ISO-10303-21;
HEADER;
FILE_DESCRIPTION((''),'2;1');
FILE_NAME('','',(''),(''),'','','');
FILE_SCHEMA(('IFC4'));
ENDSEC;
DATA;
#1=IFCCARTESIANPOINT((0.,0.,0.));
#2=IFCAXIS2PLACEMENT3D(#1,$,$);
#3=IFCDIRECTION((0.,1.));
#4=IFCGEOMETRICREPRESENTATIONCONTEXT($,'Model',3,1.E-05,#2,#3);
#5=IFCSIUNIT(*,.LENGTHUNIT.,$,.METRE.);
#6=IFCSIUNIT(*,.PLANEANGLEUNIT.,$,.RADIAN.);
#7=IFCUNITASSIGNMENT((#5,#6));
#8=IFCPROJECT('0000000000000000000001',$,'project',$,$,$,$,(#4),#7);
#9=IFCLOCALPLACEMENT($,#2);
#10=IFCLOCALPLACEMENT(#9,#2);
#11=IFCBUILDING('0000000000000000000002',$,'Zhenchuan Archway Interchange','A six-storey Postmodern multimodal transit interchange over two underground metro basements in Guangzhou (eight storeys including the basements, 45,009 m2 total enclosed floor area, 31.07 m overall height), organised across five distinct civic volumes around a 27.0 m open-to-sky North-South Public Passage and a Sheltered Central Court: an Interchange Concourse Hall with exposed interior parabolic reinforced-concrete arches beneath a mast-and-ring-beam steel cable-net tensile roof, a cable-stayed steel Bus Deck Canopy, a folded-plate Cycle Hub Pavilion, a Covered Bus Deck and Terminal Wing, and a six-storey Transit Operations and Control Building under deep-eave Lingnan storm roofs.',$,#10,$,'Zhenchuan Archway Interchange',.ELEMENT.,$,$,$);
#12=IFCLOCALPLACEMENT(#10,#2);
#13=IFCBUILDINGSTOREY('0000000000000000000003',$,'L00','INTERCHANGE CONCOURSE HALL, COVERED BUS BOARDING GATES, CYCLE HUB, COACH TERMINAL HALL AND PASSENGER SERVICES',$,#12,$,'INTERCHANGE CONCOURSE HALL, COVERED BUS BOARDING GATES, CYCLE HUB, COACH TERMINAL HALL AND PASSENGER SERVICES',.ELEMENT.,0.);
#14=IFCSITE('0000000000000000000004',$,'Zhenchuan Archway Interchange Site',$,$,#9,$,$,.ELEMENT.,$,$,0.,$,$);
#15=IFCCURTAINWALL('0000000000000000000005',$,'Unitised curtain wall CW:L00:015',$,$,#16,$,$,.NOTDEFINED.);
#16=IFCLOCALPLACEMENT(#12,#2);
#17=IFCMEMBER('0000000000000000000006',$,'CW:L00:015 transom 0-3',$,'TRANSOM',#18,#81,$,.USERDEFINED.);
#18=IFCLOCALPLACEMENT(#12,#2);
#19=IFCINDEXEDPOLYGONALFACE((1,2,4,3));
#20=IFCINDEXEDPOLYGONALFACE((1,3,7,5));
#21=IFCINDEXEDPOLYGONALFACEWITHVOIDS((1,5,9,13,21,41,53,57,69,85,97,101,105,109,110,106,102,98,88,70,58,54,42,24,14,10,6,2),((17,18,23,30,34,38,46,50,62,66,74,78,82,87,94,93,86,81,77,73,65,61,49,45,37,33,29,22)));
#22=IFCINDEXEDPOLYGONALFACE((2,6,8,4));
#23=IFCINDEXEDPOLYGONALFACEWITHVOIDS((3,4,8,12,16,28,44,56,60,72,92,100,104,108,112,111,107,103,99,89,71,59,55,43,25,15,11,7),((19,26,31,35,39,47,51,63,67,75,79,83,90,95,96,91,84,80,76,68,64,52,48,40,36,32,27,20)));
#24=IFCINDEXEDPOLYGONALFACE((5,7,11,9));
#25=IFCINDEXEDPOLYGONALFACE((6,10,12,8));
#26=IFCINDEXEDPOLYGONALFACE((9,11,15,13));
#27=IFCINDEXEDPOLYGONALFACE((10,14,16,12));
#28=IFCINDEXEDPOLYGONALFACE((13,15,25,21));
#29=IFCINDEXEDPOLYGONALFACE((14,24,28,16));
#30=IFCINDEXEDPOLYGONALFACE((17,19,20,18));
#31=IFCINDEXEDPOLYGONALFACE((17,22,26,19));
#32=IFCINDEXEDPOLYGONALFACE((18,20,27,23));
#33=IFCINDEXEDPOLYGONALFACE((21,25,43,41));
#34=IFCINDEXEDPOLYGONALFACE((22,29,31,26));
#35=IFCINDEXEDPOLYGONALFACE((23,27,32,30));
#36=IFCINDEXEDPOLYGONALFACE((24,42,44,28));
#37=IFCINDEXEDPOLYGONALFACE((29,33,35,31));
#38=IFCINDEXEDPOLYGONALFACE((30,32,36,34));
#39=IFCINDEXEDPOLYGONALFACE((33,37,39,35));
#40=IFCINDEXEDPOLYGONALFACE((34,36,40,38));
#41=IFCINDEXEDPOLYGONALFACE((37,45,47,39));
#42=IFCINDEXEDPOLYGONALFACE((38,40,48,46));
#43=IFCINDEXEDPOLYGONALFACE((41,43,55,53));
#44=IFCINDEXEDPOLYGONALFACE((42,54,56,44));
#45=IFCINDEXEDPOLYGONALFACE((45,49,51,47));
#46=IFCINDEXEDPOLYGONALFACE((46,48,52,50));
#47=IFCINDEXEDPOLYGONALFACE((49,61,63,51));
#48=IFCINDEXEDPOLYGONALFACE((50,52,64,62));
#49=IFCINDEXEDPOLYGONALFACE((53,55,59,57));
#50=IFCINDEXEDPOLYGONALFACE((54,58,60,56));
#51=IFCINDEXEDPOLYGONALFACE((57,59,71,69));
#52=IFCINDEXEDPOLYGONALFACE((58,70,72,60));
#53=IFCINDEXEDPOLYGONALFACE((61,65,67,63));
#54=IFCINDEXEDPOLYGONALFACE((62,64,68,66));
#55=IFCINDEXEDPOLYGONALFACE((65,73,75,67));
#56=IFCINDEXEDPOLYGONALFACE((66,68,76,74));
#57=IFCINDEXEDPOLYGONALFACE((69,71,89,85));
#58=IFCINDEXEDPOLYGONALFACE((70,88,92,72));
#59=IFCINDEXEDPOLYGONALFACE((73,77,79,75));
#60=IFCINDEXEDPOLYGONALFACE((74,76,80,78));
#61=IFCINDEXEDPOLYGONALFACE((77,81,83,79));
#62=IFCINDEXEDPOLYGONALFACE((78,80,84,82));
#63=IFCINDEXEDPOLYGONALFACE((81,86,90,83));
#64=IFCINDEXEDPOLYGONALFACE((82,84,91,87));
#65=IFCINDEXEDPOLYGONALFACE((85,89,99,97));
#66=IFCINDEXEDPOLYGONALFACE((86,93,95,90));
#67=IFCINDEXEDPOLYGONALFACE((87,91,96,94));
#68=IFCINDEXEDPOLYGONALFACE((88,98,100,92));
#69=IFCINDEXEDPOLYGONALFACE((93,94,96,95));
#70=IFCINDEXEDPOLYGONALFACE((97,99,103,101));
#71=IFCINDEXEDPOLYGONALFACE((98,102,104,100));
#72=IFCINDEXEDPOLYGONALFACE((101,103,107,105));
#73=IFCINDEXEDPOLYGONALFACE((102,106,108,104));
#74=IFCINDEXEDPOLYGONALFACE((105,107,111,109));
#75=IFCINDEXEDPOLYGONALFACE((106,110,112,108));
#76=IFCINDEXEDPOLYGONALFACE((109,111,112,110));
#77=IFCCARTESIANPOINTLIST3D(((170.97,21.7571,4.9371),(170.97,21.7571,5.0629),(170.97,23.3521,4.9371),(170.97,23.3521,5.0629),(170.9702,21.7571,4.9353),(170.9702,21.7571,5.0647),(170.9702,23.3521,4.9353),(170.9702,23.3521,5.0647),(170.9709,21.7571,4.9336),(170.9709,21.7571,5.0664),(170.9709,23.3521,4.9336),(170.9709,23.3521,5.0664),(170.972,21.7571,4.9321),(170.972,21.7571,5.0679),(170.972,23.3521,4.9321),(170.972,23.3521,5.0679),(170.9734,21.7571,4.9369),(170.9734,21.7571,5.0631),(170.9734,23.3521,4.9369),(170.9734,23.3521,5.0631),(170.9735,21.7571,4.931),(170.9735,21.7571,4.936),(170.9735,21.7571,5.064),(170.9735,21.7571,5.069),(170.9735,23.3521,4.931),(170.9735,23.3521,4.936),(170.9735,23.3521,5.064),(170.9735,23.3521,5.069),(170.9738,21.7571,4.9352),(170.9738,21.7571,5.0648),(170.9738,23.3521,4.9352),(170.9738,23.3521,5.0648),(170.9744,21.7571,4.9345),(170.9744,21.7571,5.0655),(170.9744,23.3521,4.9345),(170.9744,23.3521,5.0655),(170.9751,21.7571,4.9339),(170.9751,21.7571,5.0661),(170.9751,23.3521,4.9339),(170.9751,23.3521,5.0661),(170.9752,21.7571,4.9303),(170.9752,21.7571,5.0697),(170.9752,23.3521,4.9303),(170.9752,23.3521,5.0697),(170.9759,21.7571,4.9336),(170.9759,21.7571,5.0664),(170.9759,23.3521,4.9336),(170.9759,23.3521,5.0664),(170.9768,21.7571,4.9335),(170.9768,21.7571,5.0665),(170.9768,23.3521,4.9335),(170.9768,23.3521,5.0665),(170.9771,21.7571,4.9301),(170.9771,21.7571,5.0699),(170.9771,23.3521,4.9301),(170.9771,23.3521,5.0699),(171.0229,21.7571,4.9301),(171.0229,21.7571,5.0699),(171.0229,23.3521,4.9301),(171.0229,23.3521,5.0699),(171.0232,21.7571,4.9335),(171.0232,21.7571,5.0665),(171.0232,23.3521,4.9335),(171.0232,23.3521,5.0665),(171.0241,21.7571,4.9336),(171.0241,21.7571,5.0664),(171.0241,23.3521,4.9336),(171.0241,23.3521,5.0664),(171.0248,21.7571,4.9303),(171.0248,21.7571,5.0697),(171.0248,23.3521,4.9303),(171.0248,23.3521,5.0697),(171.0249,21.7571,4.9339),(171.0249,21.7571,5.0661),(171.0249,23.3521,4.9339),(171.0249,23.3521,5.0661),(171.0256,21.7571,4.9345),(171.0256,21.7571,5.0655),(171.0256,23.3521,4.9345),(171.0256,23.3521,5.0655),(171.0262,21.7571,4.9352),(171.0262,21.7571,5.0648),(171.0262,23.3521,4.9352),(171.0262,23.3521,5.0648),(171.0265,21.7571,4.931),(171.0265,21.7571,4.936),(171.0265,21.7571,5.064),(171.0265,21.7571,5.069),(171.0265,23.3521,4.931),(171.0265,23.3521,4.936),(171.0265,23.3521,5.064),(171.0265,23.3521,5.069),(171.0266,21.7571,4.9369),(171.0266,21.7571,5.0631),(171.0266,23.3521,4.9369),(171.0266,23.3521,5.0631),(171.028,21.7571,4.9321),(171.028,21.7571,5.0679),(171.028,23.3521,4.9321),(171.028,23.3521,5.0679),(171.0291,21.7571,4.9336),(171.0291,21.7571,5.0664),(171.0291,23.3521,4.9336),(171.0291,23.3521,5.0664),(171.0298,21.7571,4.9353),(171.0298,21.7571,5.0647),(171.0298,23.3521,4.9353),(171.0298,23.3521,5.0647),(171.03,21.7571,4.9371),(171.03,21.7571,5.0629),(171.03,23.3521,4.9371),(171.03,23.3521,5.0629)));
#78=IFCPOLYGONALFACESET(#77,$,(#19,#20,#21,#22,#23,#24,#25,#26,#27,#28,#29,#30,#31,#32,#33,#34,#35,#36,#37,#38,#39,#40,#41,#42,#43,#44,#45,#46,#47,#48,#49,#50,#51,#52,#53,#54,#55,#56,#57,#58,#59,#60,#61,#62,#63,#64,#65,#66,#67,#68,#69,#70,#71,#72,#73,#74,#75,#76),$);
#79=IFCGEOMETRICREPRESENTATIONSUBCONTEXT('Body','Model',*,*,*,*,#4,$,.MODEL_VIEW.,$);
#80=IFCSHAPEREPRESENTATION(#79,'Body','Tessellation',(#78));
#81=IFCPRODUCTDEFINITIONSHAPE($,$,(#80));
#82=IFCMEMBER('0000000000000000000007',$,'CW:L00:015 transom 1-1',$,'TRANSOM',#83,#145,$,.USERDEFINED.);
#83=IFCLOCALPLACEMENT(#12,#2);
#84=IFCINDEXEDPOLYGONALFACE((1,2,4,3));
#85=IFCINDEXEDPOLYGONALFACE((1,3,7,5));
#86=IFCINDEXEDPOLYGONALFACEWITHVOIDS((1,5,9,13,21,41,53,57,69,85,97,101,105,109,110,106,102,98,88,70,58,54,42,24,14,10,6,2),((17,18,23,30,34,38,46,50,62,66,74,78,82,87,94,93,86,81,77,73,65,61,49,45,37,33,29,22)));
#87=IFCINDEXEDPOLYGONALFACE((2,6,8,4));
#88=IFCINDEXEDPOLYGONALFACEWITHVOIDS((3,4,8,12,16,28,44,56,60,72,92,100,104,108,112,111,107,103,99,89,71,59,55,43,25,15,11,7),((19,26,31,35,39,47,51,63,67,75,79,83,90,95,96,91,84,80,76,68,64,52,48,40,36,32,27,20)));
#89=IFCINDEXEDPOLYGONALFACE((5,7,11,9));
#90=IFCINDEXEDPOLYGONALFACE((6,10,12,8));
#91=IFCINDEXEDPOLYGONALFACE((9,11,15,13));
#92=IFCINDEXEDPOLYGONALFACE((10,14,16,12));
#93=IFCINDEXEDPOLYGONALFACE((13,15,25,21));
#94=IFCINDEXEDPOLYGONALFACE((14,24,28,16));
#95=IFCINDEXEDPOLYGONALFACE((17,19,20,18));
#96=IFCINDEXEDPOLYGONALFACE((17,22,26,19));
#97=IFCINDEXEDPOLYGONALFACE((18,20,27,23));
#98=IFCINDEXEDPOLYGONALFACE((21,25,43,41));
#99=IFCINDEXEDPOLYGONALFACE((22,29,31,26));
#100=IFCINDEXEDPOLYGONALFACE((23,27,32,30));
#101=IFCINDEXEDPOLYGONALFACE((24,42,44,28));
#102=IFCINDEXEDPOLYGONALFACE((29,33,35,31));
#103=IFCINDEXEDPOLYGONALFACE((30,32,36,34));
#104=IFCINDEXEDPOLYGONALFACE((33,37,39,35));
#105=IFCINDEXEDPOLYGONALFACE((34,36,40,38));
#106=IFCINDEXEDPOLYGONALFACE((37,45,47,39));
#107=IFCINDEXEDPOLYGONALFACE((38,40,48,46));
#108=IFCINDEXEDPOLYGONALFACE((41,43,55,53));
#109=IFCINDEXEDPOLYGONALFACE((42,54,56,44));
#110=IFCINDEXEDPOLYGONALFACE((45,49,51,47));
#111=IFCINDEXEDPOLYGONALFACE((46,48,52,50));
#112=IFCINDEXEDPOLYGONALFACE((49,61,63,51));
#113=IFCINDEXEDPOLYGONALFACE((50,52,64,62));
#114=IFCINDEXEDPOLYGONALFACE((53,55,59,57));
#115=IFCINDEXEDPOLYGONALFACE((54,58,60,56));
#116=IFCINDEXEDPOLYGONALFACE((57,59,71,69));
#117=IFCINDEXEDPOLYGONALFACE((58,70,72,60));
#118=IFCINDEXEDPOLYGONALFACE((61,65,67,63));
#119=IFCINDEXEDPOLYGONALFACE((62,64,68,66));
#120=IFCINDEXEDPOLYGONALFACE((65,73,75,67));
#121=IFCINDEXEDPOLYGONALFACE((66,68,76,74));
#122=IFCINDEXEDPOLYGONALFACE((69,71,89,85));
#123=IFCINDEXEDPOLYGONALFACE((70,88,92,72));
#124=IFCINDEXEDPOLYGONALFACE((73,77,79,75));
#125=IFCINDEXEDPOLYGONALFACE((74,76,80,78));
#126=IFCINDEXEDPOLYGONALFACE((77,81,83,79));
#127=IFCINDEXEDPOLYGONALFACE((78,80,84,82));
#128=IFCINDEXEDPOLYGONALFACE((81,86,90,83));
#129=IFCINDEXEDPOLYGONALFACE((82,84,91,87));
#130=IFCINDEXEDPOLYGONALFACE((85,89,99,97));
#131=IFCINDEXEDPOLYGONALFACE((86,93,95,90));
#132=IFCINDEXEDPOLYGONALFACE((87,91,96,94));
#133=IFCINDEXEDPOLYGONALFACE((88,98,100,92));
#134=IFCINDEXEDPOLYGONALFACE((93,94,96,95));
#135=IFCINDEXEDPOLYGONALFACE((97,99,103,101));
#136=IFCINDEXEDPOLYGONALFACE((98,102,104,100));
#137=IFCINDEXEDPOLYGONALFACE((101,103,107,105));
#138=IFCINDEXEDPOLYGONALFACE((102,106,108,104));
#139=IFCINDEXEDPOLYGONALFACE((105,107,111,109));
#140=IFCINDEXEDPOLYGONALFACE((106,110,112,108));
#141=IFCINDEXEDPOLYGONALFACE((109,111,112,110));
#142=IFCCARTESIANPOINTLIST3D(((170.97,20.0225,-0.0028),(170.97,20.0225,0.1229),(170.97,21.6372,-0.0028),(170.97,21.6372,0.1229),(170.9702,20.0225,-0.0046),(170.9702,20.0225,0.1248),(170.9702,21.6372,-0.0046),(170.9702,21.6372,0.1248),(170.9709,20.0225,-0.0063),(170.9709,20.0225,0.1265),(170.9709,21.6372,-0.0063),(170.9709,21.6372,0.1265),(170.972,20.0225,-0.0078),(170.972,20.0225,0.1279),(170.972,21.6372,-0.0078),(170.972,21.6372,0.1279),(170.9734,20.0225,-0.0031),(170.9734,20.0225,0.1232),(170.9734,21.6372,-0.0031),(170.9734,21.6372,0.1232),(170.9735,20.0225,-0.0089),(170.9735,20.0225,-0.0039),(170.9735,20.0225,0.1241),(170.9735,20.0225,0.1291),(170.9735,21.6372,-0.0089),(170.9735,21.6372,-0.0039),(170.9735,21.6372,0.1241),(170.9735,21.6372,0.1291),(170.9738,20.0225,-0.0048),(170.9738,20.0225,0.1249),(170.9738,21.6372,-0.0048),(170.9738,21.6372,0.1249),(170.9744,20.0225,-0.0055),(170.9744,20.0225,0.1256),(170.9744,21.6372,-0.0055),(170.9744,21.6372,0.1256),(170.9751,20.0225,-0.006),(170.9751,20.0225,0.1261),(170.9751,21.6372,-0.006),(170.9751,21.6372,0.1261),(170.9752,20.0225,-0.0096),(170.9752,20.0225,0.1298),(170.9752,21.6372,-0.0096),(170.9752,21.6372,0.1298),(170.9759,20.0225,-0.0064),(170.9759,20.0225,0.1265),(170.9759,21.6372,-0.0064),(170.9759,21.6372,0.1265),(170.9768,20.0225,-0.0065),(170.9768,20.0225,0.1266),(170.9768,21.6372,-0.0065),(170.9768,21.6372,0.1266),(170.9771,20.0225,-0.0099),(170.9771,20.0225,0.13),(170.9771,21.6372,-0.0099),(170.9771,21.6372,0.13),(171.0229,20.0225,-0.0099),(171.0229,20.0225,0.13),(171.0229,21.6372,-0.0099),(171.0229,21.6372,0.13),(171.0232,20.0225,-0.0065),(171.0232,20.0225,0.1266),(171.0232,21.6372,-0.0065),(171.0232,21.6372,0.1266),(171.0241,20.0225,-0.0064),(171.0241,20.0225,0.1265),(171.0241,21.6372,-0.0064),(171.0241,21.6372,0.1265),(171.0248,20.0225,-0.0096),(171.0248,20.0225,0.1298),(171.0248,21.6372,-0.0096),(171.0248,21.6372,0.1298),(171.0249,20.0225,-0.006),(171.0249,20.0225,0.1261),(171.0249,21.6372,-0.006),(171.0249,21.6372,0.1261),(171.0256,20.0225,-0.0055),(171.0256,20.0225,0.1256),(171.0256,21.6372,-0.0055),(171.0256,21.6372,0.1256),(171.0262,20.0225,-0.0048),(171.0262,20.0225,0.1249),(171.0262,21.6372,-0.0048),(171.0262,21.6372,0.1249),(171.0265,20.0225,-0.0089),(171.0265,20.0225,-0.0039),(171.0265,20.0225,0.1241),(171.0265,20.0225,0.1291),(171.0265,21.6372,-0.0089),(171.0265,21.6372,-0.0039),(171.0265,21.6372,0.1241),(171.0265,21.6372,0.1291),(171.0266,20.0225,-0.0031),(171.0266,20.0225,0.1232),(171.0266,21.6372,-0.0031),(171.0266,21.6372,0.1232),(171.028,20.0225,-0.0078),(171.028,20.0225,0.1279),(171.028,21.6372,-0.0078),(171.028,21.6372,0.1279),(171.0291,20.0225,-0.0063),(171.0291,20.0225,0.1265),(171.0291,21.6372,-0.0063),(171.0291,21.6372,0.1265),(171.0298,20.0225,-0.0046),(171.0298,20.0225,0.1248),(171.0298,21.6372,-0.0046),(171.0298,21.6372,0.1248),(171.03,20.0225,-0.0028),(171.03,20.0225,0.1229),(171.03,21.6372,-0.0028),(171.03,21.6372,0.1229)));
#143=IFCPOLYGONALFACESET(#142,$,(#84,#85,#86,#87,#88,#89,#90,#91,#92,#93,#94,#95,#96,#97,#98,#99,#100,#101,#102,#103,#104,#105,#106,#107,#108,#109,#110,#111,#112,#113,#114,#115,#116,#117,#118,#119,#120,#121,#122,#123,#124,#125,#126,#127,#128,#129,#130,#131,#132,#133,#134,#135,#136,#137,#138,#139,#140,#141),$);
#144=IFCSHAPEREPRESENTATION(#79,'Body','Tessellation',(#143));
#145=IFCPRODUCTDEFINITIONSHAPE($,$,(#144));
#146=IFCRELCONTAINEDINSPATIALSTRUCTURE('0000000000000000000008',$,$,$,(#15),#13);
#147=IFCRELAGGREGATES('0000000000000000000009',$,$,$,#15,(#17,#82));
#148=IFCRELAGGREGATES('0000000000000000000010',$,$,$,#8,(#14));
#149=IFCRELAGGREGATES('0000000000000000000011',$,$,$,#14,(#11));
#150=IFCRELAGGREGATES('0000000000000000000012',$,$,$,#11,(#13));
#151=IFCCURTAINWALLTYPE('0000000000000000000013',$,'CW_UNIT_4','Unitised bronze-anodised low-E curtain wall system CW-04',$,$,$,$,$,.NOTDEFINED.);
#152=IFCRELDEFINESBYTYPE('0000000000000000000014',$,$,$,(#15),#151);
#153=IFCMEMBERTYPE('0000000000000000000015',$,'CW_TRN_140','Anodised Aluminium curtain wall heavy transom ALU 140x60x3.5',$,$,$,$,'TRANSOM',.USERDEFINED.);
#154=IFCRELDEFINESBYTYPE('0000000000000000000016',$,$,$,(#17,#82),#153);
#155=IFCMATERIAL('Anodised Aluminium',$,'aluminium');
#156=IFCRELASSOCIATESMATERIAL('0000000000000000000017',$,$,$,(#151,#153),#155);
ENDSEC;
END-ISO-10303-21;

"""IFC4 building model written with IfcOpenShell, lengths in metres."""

from ifc_helpers import new_model, si_unit, direction, frame, origin, origin_2d, place, context, subcontext, project, spatial, hollow_rectangle, extrude, material, material_profile, profile_set, type_object, element, aggregate, save


model = new_model("IFC4")

# Units and contexts
model_context = context("Model", 3, precision=1e-05, world=origin(), true_north=direction((0.0, 1.0)))
body_context = subcontext(model_context, "Body", "Model", "MODEL_VIEW")
ifc_project = project(units=[si_unit("LENGTHUNIT", "METRE"), si_unit("PLANEANGLEUNIT", "RADIAN")], contexts=[model_context])

# Site, building, storey
site_placement = place(None, origin())
site = spatial("IfcSite", under=ifc_project, at=site_placement, Name="Zhenchuan Archway Interchange Site", CompositionType="ELEMENT", RefElevation=0.0)
building_placement = place(site_placement, origin())
building = spatial("IfcBuilding", under=site, at=building_placement, Name="Zhenchuan Archway Interchange", Description="A six-storey Postmodern multimodal transit interchange over two underground metro basements in Guangzhou (eight storeys including the basements, 45,009 m2 total enclosed floor area, 31.07 m overall height), organised across five distinct civic volumes around a 27.0 m open-to-sky North-South Public Passage and a Sheltered Central Court: an Interchange Concourse Hall with exposed interior parabolic reinforced-concrete arches beneath a mast-and-ring-beam steel cable-net tensile roof, a cable-stayed steel Bus Deck Canopy, a folded-plate Cycle Hub Pavilion, a Covered Bus Deck and Terminal Wing, and a six-storey Transit Operations and Control Building under deep-eave Lingnan storm roofs.", LongName="Zhenchuan Archway Interchange", CompositionType="ELEMENT")
storey_placement = place(building_placement, origin())
storey = spatial("IfcBuildingStorey", under=building, at=storey_placement, Name="L00", Description="INTERCHANGE CONCOURSE HALL, COVERED BUS BOARDING GATES, CYCLE HUB, COACH TERMINAL HALL AND PASSENGER SERVICES", LongName="INTERCHANGE CONCOURSE HALL, COVERED BUS BOARDING GATES, CYCLE HUB, COACH TERMINAL HALL AND PASSENGER SERVICES", CompositionType="ELEMENT", Elevation=0.0)

# Curtain wall, members
ifc_material_1 = material(Name="Anodised Aluminium", Category="aluminium")
curtain_wall_type = type_object("IfcCurtainWallType", Name="CW_UNIT_4", Description="Unitised bronze-anodised low-E curtain wall system CW-04", PredefinedType="NOTDEFINED", material=ifc_material_1)
curtain_wall_placement = place(storey_placement, origin())
curtain_wall = element("IfcCurtainWall", 1, at=curtain_wall_placement, inside=storey, type_object=curtain_wall_type, Name="Unitised curtain wall CW:L00:015", PredefinedType="NOTDEFINED")
ifc_material_profile_1 = material_profile(ifc_material_1, hollow_rectangle(XDim=0.0601, YDim=0.1399, WallThickness=0.0034, InnerFilletRadius=0.0034, OuterFilletRadius=0.0071, at=origin_2d()), Name="ALU 140x60x3.5")
ifc_profile_set_1 = profile_set([ifc_material_profile_1], Name="Anodised Aluminium")
member_type_1 = type_object("IfcMemberType", Name="CW_TRN_140", Description="Anodised Aluminium curtain wall heavy transom ALU 140x60x3.5", ElementType="TRANSOM", PredefinedType="USERDEFINED", material=ifc_profile_set_1)
member_1_placement = place(storey_placement, frame((171.0, 23.3521, 5.0), z_axis=(0.0, -1.0, 0.0), x_axis=(1.0, 0.0, 0.0)))
member_1 = element("IfcMember", 2, at=member_1_placement, type_object=member_type_1, Name="CW:L00:015 transom 0-3", ObjectType="TRANSOM", PredefinedType="USERDEFINED", context=body_context, shape_type="SweptSolid", body=[
    extrude(hollow_rectangle(XDim=0.0601, YDim=0.1399, WallThickness=0.0034, InnerFilletRadius=0.0034, OuterFilletRadius=0.0071, at=origin_2d()), origin(), (0.0, 0.0, 1.0), 1.595),
])
member_2_placement = place(storey_placement, frame((171.0, 21.6372, 0.0601), z_axis=(0.0, -1.0, 0.0), x_axis=(1.0, 0.0, 0.0)))
member_2 = element("IfcMember", 3, at=member_2_placement, type_object=member_type_1, Name="CW:L00:015 transom 1-1", ObjectType="TRANSOM", PredefinedType="USERDEFINED", context=body_context, shape_type="SweptSolid", body=[
    extrude(hollow_rectangle(XDim=0.0601, YDim=0.1399, WallThickness=0.0034, InnerFilletRadius=0.0034, OuterFilletRadius=0.0071, at=origin_2d()), origin(), (0.0, 0.0, 1.0), 1.6147),
])
aggregate(curtain_wall, [member_1, member_2])

save(model, "model.ifc")
